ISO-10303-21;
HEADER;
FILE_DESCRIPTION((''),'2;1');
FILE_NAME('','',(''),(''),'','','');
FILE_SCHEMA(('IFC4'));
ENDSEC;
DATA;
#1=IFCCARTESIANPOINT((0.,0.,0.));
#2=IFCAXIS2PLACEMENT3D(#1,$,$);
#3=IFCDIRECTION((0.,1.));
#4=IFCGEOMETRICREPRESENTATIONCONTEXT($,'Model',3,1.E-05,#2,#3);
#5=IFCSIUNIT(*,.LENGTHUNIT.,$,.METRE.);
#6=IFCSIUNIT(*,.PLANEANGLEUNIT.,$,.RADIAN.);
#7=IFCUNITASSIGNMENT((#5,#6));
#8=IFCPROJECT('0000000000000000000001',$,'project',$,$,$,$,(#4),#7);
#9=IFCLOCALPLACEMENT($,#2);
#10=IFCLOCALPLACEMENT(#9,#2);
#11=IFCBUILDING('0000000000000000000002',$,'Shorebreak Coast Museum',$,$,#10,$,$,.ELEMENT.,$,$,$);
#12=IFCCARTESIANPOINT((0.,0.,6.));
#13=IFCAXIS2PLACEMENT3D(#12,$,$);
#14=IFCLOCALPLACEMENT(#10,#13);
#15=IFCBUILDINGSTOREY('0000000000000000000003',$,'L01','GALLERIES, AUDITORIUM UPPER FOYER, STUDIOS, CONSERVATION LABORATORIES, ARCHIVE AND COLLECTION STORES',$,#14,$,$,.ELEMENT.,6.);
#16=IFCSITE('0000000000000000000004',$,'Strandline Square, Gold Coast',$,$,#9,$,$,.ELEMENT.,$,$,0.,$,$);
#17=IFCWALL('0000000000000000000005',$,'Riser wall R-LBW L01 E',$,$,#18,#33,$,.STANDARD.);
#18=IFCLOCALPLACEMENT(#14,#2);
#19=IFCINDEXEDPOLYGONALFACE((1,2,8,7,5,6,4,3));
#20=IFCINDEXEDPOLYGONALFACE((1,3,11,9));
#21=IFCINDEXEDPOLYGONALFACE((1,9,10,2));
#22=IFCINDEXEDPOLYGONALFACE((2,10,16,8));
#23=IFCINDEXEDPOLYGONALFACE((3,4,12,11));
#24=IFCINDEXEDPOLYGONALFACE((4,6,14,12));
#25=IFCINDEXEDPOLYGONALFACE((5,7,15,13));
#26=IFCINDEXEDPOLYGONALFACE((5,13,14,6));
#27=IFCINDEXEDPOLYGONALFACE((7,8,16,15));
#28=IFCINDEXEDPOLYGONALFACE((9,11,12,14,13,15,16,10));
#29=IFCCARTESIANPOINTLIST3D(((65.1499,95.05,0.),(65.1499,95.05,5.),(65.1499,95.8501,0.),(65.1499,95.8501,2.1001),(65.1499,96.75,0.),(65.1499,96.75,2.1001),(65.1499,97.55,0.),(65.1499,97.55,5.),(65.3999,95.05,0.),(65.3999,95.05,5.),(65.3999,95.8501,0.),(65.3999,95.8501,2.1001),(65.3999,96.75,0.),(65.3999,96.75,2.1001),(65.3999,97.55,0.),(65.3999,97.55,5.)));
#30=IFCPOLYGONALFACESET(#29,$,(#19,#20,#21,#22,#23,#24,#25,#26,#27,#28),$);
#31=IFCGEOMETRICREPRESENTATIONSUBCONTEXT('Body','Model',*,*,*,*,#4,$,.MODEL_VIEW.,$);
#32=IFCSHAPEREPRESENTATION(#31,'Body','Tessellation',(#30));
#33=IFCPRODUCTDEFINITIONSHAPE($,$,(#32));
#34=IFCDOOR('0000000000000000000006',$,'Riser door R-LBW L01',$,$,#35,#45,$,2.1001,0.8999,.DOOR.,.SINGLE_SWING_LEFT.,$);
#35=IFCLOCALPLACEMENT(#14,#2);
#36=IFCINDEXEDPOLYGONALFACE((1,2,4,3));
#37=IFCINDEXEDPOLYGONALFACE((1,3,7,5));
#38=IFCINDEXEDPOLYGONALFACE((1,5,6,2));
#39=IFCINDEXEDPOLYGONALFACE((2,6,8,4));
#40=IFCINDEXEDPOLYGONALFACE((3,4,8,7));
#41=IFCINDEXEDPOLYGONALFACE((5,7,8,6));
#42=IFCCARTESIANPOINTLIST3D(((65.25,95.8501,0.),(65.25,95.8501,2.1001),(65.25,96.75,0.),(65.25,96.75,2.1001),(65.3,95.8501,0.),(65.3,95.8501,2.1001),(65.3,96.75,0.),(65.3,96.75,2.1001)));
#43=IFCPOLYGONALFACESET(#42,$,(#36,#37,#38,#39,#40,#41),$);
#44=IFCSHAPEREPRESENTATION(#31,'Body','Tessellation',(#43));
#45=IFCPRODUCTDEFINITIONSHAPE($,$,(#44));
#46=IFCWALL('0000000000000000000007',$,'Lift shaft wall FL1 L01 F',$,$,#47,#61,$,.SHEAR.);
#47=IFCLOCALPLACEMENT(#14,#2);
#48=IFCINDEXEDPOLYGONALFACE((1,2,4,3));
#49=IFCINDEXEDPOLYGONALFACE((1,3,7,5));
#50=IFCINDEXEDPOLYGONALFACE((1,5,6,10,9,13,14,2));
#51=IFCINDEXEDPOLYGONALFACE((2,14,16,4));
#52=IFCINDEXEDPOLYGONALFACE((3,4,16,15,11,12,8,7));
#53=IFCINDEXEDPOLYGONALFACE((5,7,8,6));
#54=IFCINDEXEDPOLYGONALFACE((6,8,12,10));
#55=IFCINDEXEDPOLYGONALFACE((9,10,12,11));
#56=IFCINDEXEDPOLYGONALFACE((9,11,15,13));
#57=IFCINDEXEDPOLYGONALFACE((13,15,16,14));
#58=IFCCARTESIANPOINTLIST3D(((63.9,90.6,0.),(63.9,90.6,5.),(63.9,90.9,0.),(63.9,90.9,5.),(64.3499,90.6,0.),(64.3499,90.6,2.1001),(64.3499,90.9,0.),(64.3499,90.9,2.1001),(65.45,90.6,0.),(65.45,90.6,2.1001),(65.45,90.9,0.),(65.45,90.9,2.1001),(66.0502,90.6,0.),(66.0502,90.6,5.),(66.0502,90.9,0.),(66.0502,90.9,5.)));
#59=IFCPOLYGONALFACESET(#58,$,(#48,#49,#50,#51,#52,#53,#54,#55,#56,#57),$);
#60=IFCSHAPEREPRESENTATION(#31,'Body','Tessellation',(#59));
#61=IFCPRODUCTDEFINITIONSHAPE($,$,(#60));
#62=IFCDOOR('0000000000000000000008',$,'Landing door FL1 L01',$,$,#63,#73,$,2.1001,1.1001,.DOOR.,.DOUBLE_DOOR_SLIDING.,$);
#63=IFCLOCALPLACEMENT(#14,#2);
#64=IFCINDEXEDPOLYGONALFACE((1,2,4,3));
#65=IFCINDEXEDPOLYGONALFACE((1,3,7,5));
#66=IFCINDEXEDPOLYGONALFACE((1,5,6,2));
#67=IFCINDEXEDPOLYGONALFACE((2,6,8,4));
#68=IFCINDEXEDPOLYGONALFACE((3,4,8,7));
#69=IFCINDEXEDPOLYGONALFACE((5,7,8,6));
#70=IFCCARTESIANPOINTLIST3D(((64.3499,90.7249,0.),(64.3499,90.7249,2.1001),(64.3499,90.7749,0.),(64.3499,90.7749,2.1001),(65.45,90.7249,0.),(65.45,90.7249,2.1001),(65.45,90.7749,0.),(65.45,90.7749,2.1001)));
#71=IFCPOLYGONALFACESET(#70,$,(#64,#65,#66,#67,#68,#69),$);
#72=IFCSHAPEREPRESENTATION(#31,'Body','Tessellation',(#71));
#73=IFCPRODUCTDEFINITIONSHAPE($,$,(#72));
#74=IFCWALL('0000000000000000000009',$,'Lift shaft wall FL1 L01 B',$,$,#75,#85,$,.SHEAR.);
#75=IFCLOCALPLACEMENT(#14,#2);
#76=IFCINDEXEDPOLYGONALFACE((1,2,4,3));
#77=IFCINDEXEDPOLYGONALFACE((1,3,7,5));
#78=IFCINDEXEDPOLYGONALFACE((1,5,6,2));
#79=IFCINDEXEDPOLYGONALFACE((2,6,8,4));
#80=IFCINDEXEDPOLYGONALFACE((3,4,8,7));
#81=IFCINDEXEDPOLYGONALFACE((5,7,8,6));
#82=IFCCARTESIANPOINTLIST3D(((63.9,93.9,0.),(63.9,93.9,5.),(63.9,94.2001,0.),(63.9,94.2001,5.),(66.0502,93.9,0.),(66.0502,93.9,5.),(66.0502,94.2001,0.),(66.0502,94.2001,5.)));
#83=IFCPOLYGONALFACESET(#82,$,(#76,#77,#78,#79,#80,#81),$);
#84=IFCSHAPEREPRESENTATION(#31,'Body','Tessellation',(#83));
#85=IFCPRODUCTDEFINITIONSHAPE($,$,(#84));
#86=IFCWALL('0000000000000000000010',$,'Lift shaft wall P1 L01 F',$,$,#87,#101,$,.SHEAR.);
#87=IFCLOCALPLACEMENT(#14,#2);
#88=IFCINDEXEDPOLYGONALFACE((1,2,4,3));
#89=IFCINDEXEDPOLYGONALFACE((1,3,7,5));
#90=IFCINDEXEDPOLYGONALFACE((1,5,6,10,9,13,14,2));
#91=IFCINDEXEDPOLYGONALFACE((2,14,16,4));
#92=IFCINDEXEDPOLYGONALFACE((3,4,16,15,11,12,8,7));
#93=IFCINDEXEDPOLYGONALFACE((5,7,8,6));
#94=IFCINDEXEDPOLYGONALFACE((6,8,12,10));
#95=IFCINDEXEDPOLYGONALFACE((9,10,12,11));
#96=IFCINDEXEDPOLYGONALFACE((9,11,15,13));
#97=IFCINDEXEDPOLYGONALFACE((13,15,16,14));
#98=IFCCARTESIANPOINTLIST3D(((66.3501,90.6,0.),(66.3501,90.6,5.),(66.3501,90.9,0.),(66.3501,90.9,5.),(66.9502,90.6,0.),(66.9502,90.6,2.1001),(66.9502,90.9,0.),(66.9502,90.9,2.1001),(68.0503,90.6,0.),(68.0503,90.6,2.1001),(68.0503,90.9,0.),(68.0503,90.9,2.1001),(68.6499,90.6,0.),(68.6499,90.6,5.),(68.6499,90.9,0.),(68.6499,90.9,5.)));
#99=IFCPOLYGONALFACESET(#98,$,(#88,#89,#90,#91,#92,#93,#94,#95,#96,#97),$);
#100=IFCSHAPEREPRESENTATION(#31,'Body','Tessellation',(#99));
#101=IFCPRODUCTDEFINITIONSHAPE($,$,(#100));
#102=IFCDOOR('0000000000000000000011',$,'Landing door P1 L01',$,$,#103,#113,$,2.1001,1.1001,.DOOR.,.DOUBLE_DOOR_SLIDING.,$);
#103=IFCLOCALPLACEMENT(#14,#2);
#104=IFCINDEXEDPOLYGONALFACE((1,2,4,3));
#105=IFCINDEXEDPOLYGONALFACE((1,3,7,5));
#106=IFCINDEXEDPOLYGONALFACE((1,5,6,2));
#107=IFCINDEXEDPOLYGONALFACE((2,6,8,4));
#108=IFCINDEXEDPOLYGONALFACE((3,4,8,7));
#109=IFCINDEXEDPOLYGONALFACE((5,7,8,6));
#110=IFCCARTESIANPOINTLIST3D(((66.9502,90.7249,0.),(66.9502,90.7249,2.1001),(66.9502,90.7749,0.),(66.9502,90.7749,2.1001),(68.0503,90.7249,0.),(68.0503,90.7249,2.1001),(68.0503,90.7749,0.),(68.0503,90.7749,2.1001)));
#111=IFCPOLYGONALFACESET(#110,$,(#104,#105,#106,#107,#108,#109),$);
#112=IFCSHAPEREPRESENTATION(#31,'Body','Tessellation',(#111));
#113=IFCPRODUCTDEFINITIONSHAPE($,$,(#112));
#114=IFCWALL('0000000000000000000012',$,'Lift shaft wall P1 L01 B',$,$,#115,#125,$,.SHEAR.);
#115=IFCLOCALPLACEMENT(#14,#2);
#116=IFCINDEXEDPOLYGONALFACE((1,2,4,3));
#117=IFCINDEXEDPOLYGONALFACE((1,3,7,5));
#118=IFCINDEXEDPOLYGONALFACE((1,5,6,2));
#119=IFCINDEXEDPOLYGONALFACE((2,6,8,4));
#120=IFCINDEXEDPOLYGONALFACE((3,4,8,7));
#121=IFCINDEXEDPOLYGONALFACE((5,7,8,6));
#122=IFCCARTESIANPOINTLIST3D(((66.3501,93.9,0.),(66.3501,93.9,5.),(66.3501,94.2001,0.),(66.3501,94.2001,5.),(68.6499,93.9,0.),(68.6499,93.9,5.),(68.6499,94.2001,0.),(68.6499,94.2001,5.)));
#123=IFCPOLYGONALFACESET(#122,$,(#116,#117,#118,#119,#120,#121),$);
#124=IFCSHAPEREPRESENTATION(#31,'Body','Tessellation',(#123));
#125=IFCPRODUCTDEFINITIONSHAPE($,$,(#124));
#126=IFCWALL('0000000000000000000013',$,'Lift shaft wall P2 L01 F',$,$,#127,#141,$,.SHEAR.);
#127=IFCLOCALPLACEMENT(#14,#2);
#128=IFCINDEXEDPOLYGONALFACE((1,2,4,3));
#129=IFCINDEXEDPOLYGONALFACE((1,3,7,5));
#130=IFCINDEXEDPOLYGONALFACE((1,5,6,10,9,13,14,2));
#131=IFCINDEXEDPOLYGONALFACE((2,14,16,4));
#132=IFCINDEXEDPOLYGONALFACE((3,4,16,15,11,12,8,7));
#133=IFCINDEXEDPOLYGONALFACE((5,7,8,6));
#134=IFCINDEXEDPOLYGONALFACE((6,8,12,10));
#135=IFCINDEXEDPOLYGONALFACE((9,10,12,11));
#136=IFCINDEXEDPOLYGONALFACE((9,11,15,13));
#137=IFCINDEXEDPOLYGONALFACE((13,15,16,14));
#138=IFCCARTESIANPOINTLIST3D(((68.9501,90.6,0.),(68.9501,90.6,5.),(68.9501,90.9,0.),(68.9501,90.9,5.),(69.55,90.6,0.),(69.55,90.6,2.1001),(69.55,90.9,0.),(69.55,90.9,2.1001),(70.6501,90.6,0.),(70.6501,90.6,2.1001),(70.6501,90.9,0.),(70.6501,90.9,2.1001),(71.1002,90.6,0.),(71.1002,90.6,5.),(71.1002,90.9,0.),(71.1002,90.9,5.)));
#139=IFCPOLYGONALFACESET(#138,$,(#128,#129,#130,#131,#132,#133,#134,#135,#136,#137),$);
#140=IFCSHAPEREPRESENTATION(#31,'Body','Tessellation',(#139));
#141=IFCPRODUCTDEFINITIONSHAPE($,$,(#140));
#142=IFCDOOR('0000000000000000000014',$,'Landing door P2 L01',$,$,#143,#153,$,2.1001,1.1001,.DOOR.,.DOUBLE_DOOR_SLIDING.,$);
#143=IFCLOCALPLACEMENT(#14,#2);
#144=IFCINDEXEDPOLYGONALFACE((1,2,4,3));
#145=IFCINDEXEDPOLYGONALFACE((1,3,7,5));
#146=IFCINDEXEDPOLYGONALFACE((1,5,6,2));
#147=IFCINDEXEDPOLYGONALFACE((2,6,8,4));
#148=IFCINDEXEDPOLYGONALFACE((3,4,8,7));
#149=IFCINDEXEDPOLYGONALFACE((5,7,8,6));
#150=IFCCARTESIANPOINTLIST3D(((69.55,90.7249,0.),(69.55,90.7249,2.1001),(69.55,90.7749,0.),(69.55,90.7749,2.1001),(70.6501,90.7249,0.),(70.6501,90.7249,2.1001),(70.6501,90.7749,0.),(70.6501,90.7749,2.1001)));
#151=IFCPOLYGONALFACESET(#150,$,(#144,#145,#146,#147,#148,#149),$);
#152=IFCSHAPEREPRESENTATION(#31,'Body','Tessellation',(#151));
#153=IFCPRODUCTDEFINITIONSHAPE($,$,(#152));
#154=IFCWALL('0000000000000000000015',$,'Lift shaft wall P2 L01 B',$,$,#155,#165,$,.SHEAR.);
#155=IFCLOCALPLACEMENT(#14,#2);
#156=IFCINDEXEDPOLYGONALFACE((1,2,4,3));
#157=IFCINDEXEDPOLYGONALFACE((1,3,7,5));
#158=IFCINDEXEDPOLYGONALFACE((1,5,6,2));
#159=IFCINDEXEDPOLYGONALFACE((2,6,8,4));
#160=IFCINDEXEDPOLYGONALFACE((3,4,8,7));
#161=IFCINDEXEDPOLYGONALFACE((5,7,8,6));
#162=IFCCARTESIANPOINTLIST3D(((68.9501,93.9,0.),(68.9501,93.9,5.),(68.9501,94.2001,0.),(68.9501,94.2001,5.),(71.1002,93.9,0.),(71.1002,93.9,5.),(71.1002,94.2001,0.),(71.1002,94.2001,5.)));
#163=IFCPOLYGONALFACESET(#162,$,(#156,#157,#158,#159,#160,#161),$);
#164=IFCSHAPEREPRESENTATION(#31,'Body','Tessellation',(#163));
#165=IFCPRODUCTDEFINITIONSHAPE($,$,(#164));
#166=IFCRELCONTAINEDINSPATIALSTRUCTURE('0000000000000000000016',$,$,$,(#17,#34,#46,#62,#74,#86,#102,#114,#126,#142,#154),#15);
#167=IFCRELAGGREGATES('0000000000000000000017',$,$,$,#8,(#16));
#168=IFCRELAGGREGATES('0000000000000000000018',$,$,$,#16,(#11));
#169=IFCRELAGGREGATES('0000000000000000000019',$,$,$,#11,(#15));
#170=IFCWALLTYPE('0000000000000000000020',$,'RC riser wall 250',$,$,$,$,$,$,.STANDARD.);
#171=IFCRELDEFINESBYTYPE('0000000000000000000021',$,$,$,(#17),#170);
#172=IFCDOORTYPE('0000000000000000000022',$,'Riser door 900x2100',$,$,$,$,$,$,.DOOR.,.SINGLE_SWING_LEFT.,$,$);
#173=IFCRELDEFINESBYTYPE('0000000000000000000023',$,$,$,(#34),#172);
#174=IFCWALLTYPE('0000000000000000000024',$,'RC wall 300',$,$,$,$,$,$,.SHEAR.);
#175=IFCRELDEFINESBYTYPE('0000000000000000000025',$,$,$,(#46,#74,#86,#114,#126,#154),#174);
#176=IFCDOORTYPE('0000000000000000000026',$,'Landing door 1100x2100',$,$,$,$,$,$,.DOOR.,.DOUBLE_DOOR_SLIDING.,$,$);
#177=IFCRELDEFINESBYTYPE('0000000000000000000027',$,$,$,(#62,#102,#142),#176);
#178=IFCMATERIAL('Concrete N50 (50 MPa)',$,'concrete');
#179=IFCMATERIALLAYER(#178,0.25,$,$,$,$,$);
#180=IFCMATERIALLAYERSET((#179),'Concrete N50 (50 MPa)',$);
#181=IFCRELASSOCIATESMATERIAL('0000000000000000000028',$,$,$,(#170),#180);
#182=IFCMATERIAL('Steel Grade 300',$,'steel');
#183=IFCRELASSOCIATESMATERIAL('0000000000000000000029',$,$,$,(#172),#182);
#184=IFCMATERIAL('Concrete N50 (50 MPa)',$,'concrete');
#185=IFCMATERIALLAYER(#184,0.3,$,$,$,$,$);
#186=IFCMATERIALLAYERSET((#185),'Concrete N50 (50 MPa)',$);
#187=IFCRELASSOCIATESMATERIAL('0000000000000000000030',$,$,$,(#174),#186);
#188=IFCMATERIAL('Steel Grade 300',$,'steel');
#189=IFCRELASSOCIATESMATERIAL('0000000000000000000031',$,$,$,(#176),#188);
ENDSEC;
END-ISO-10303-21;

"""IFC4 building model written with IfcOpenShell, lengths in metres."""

from ifc_helpers import new_model, si_unit, direction, frame, frame_2d, origin, place, context, subcontext, project, spatial, rectangle, extrude, material, layer, layer_set, type_object, element, fill, save


model = new_model("IFC4")

# Units and contexts
model_context = context("Model", 3, precision=1e-05, world=origin(), true_north=direction((0.0, 1.0)))
body_context = subcontext(model_context, "Body", "Model", "MODEL_VIEW")
ifc_project = project(units=[si_unit("LENGTHUNIT", "METRE"), si_unit("PLANEANGLEUNIT", "RADIAN")], contexts=[model_context])

# Site, building, storey
site_placement = place(None, origin())
site = spatial("IfcSite", under=ifc_project, at=site_placement, Name="Strandline Square, Gold Coast", CompositionType="ELEMENT", RefElevation=0.0)
building_placement = place(site_placement, origin())
building = spatial("IfcBuilding", under=site, at=building_placement, Name="Shorebreak Coast Museum", CompositionType="ELEMENT")
storey_placement = place(building_placement, frame((0.0, 0.0, 6.0)))
storey = spatial("IfcBuildingStorey", under=building, at=storey_placement, Name="L01", Description="GALLERIES, AUDITORIUM UPPER FOYER, STUDIOS, CONSERVATION LABORATORIES, ARCHIVE AND COLLECTION STORES", CompositionType="ELEMENT", Elevation=6.0)

# Shared definitions
ifc_material_1 = material(Name="Concrete N50 (50 MPa)", Category="concrete")
ifc_layer_1 = layer(ifc_material_1, 0.25)
ifc_layer_set_1 = layer_set([ifc_layer_1], Name="Concrete N50 (50 MPa)")
wall_type_1 = type_object("IfcWallType", Name="RC riser wall 250", PredefinedType="STANDARD", material=ifc_layer_set_1)

# Walls, openings, doors
wall_1_placement = place(storey_placement, frame((65.2749, 95.05, 0.0), z_axis=(0.0, 0.0, 1.0), x_axis=(0.0, 1.0, 0.0)))
wall_1 = element("IfcWall", 1, at=wall_1_placement, inside=storey, type_object=wall_type_1, Name="Riser wall R-LBW L01 E", PredefinedType="STANDARD", context=body_context, shape_type="SweptSolid", body=[
    extrude(rectangle(XDim=2.5, YDim=0.25, at=frame_2d((1.25, 0.0))), origin(), (0.0, 0.0, 1.0), 5.0),
])
opening_1_placement = place(wall_1_placement, frame((0.8, 0.0, 0.0)))
opening_1 = element("IfcOpeningElement", 2, at=opening_1_placement, cuts=wall_1, PredefinedType="OPENING", context=body_context, shape_type="SweptSolid", body=[
    extrude(rectangle(XDim=0.8999, YDim=2.1001, at=frame_2d((0.45, 1.05))), frame((0.0, 0.135, 0.0), z_axis=(0.0, -1.0, 0.0), x_axis=(1.0, 0.0, 0.0)), (0.0, 0.0, 1.0), 0.27),
])
ifc_material_2 = material(Name="Steel Grade 300", Category="steel")
door_type_1 = type_object("IfcDoorType", Name="Riser door 900x2100", OperationType="SINGLE_SWING_LEFT", PredefinedType="DOOR", material=ifc_material_2)
door_1_placement = place(opening_1_placement, origin())
door_1 = element("IfcDoor", 3, at=door_1_placement, inside=storey, type_object=door_type_1, Name="Riser door R-LBW L01", OperationType="SINGLE_SWING_LEFT", OverallHeight=2.1001, OverallWidth=0.8999, PredefinedType="DOOR", context=body_context, shape_type="SweptSolid", body=[
    extrude(rectangle(XDim=0.8999, YDim=2.1001, at=frame_2d((0.45, 1.05))), frame((0.0, 0.0249, 0.0), z_axis=(0.0, -1.0, 0.0), x_axis=(1.0, 0.0, 0.0)), (0.0, 0.0, 1.0), 0.05),
])
fill(opening_1, door_1)
ifc_material_3 = material(Name="Concrete N50 (50 MPa)", Category="concrete")
ifc_layer_2 = layer(ifc_material_3, 0.3)
ifc_layer_set_2 = layer_set([ifc_layer_2], Name="Concrete N50 (50 MPa)")
wall_type_2 = type_object("IfcWallType", Name="RC wall 300", PredefinedType="SHEAR", material=ifc_layer_set_2)
wall_2_placement = place(storey_placement, frame((63.8999, 90.75, 0.0), z_axis=(0.0, 0.0, 1.0), x_axis=(1.0, 0.0, 0.0)))
wall_2 = element("IfcWall", 4, at=wall_2_placement, inside=storey, type_object=wall_type_2, Name="Lift shaft wall FL1 L01 F", PredefinedType="SHEAR", context=body_context, shape_type="SweptSolid", body=[
    extrude(rectangle(XDim=2.1501, YDim=0.3, at=frame_2d((1.0752, 0.0))), origin(), (0.0, 0.0, 1.0), 5.0),
])
opening_2_placement = place(wall_2_placement, frame((0.45, 0.0, 0.0)))
opening_2 = element("IfcOpeningElement", 5, at=opening_2_placement, cuts=wall_2, PredefinedType="OPENING", context=body_context, shape_type="SweptSolid", body=[
    extrude(rectangle(XDim=1.1001, YDim=2.1001, at=frame_2d((0.55, 1.05))), frame((0.0, 0.1599, 0.0), z_axis=(0.0, -1.0, 0.0), x_axis=(1.0, 0.0, 0.0)), (0.0, 0.0, 1.0), 0.3201),
])
ifc_material_4 = material(Name="Steel Grade 300", Category="steel")
door_type_2 = type_object("IfcDoorType", Name="Landing door 1100x2100", OperationType="DOUBLE_DOOR_SLIDING", PredefinedType="DOOR", material=ifc_material_4)
door_2_placement = place(opening_2_placement, origin())
door_2 = element("IfcDoor", 6, at=door_2_placement, inside=storey, type_object=door_type_2, Name="Landing door FL1 L01", OperationType="DOUBLE_DOOR_SLIDING", OverallHeight=2.1001, OverallWidth=1.1001, PredefinedType="DOOR", context=body_context, shape_type="SweptSolid", body=[
    extrude(rectangle(XDim=1.1001, YDim=2.1001, at=frame_2d((0.55, 1.05))), frame((0.0, 0.0249, 0.0), z_axis=(0.0, -1.0, 0.0), x_axis=(1.0, 0.0, 0.0)), (0.0, 0.0, 1.0), 0.05),
])
fill(opening_2, door_2)

# Wall
wall_3_placement = place(storey_placement, frame((63.8999, 94.05, 0.0), z_axis=(0.0, 0.0, 1.0), x_axis=(1.0, 0.0, 0.0)))
element("IfcWall", 7, at=wall_3_placement, inside=storey, type_object=wall_type_2, Name="Lift shaft wall FL1 L01 B", PredefinedType="SHEAR", context=body_context, shape_type="SweptSolid", body=[
    extrude(rectangle(XDim=2.1501, YDim=0.3, at=frame_2d((1.0752, 0.0))), origin(), (0.0, 0.0, 1.0), 5.0),
])

# Wall, opening, door
wall_4_placement = place(storey_placement, frame((66.3501, 90.75, 0.0), z_axis=(0.0, 0.0, 1.0), x_axis=(1.0, 0.0, 0.0)))
wall_4 = element("IfcWall", 8, at=wall_4_placement, inside=storey, type_object=wall_type_2, Name="Lift shaft wall P1 L01 F", PredefinedType="SHEAR", context=body_context, shape_type="SweptSolid", body=[
    extrude(rectangle(XDim=2.2998, YDim=0.3, at=frame_2d((1.1499, 0.0))), origin(), (0.0, 0.0, 1.0), 5.0),
])
opening_3_placement = place(wall_4_placement, frame((0.6001, 0.0, 0.0)))
opening_3 = element("IfcOpeningElement", 9, at=opening_3_placement, cuts=wall_4, PredefinedType="OPENING", context=body_context, shape_type="SweptSolid", body=[
    extrude(rectangle(XDim=1.1001, YDim=2.1001, at=frame_2d((0.55, 1.05))), frame((0.0, 0.1599, 0.0), z_axis=(0.0, -1.0, 0.0), x_axis=(1.0, 0.0, 0.0)), (0.0, 0.0, 1.0), 0.3201),
])
door_3_placement = place(opening_3_placement, origin())
door_3 = element("IfcDoor", 10, at=door_3_placement, inside=storey, type_object=door_type_2, Name="Landing door P1 L01", OperationType="DOUBLE_DOOR_SLIDING", OverallHeight=2.1001, OverallWidth=1.1001, PredefinedType="DOOR", context=body_context, shape_type="SweptSolid", body=[
    extrude(rectangle(XDim=1.1001, YDim=2.1001, at=frame_2d((0.55, 1.05))), frame((0.0, 0.0249, 0.0), z_axis=(0.0, -1.0, 0.0), x_axis=(1.0, 0.0, 0.0)), (0.0, 0.0, 1.0), 0.05),
])
fill(opening_3, door_3)

# Wall
wall_5_placement = place(storey_placement, frame((66.3501, 94.05, 0.0), z_axis=(0.0, 0.0, 1.0), x_axis=(1.0, 0.0, 0.0)))
element("IfcWall", 11, at=wall_5_placement, inside=storey, type_object=wall_type_2, Name="Lift shaft wall P1 L01 B", PredefinedType="SHEAR", context=body_context, shape_type="SweptSolid", body=[
    extrude(rectangle(XDim=2.2998, YDim=0.3, at=frame_2d((1.1499, 0.0))), origin(), (0.0, 0.0, 1.0), 5.0),
])

# Wall, opening, door
wall_6_placement = place(storey_placement, frame((68.95, 90.75, 0.0), z_axis=(0.0, 0.0, 1.0), x_axis=(1.0, 0.0, 0.0)))
wall_6 = element("IfcWall", 12, at=wall_6_placement, inside=storey, type_object=wall_type_2, Name="Lift shaft wall P2 L01 F", PredefinedType="SHEAR", context=body_context, shape_type="SweptSolid", body=[
    extrude(rectangle(XDim=2.1501, YDim=0.3, at=frame_2d((1.0752, 0.0))), origin(), (0.0, 0.0, 1.0), 5.0),
])
opening_4_placement = place(wall_6_placement, frame((0.6001, 0.0, 0.0)))
opening_4 = element("IfcOpeningElement", 13, at=opening_4_placement, cuts=wall_6, PredefinedType="OPENING", context=body_context, shape_type="SweptSolid", body=[
    extrude(rectangle(XDim=1.1001, YDim=2.1001, at=frame_2d((0.55, 1.05))), frame((0.0, 0.1599, 0.0), z_axis=(0.0, -1.0, 0.0), x_axis=(1.0, 0.0, 0.0)), (0.0, 0.0, 1.0), 0.3201),
])
door_4_placement = place(opening_4_placement, origin())
door_4 = element("IfcDoor", 14, at=door_4_placement, inside=storey, type_object=door_type_2, Name="Landing door P2 L01", OperationType="DOUBLE_DOOR_SLIDING", OverallHeight=2.1001, OverallWidth=1.1001, PredefinedType="DOOR", context=body_context, shape_type="SweptSolid", body=[
    extrude(rectangle(XDim=1.1001, YDim=2.1001, at=frame_2d((0.55, 1.05))), frame((0.0, 0.0249, 0.0), z_axis=(0.0, -1.0, 0.0), x_axis=(1.0, 0.0, 0.0)), (0.0, 0.0, 1.0), 0.05),
])
fill(opening_4, door_4)

# Wall
wall_7_placement = place(storey_placement, frame((68.95, 94.05, 0.0), z_axis=(0.0, 0.0, 1.0), x_axis=(1.0, 0.0, 0.0)))
element("IfcWall", 15, at=wall_7_placement, inside=storey, type_object=wall_type_2, Name="Lift shaft wall P2 L01 B", PredefinedType="SHEAR", context=body_context, shape_type="SweptSolid", body=[
    extrude(rectangle(XDim=2.1501, YDim=0.3, at=frame_2d((1.0752, 0.0))), origin(), (0.0, 0.0, 1.0), 5.0),
])

save(model, "model.ifc")
